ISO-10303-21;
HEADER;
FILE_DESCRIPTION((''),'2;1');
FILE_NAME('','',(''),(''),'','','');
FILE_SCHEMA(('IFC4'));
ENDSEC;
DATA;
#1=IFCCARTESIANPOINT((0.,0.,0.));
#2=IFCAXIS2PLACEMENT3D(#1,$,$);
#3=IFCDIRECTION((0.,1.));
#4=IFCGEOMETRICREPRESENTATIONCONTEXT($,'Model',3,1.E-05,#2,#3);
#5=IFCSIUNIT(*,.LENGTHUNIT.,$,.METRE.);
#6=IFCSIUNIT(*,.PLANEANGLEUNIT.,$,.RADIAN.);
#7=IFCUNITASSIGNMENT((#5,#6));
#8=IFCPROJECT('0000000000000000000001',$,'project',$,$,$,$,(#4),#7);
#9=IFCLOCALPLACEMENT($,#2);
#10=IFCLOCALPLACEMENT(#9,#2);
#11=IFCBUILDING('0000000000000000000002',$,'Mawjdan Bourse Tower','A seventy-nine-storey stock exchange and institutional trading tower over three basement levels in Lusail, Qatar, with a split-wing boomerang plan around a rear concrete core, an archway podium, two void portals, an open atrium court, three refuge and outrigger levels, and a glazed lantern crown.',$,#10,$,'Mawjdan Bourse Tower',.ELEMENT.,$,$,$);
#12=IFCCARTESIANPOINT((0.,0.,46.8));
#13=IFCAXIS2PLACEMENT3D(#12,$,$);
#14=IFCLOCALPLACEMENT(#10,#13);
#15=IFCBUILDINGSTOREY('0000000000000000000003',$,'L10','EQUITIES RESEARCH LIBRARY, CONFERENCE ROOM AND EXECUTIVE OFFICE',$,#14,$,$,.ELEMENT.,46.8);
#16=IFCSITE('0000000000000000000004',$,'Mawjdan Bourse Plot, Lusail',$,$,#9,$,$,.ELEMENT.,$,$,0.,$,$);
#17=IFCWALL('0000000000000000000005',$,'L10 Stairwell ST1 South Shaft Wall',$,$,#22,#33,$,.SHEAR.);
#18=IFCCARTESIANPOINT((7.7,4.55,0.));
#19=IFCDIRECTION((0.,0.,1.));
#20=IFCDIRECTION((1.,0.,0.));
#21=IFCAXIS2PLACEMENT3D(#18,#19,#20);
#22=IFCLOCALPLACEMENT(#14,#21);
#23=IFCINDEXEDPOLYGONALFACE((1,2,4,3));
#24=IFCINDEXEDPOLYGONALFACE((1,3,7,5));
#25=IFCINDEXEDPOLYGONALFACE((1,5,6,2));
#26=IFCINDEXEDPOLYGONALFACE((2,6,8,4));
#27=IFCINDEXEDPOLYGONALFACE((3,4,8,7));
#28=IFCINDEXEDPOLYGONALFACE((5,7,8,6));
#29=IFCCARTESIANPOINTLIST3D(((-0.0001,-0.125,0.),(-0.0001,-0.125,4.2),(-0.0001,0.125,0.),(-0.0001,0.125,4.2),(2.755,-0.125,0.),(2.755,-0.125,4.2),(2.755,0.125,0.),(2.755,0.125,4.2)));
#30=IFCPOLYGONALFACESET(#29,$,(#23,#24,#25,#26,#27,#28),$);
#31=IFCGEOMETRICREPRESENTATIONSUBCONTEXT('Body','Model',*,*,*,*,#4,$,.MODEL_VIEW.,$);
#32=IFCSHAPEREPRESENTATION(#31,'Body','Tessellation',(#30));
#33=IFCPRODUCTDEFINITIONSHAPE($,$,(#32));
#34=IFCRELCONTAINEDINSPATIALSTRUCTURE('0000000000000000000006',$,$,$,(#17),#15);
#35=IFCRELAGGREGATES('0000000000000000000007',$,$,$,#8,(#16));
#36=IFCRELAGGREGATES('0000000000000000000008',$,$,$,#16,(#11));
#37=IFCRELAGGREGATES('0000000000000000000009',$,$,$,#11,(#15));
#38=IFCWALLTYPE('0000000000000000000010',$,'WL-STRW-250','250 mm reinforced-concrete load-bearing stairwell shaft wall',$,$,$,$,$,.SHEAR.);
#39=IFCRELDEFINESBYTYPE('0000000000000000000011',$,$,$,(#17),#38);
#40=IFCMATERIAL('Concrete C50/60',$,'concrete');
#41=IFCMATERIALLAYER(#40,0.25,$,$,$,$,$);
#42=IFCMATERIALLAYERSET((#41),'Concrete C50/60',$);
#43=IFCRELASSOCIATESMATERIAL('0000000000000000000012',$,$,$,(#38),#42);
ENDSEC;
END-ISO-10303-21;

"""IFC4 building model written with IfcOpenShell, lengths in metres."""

from ifc_helpers import new_model, si_unit, direction, frame, frame_2d, origin, place, context, subcontext, project, spatial, rectangle, extrude, material, layer, layer_set, type_object, element, save


model = new_model("IFC4")

# Units and contexts
model_context = context("Model", 3, precision=1e-05, world=origin(), true_north=direction((0.0, 1.0)))
body_context = subcontext(model_context, "Body", "Model", "MODEL_VIEW")
ifc_project = project(units=[si_unit("LENGTHUNIT", "METRE"), si_unit("PLANEANGLEUNIT", "RADIAN")], contexts=[model_context])

# Site, building, storey
site_placement = place(None, origin())
site = spatial("IfcSite", under=ifc_project, at=site_placement, Name="Mawjdan Bourse Plot, Lusail", CompositionType="ELEMENT", RefElevation=0.0)
building_placement = place(site_placement, origin())
building = spatial("IfcBuilding", under=site, at=building_placement, Name="Mawjdan Bourse Tower", Description="A seventy-nine-storey stock exchange and institutional trading tower over three basement levels in Lusail, Qatar, with a split-wing boomerang plan around a rear concrete core, an archway podium, two void portals, an open atrium court, three refuge and outrigger levels, and a glazed lantern crown.", LongName="Mawjdan Bourse Tower", CompositionType="ELEMENT")
storey_placement = place(building_placement, frame((0.0, 0.0, 46.8)))
storey = spatial("IfcBuildingStorey", under=building, at=storey_placement, Name="L10", Description="EQUITIES RESEARCH LIBRARY, CONFERENCE ROOM AND EXECUTIVE OFFICE", CompositionType="ELEMENT", Elevation=46.8)

# Shared definitions
ifc_material_1 = material(Name="Concrete C50/60", Category="concrete")

# Wall
ifc_layer_1 = layer(ifc_material_1, 0.25)
ifc_layer_set_1 = layer_set([ifc_layer_1], Name="Concrete C50/60")
wall_type_1 = type_object("IfcWallType", Name="WL-STRW-250", Description="250 mm reinforced-concrete load-bearing stairwell shaft wall", PredefinedType="SHEAR", material=ifc_layer_set_1)
wall_1_placement = place(storey_placement, frame((7.7, 4.55, 0.0), z_axis=(0.0, 0.0, 1.0), x_axis=(1.0, 0.0, 0.0)))
element("IfcWall", 1, at=wall_1_placement, inside=storey, type_object=wall_type_1, Name="L10 Stairwell ST1 South Shaft Wall", PredefinedType="SHEAR", context=body_context, shape_type="SweptSolid", body=[
    extrude(rectangle(XDim=2.7551, YDim=0.25, at=frame_2d((1.3774, 0.0))), origin(), (0.0, 0.0, 1.0), 4.2),
])

save(model, "model.ifc")
